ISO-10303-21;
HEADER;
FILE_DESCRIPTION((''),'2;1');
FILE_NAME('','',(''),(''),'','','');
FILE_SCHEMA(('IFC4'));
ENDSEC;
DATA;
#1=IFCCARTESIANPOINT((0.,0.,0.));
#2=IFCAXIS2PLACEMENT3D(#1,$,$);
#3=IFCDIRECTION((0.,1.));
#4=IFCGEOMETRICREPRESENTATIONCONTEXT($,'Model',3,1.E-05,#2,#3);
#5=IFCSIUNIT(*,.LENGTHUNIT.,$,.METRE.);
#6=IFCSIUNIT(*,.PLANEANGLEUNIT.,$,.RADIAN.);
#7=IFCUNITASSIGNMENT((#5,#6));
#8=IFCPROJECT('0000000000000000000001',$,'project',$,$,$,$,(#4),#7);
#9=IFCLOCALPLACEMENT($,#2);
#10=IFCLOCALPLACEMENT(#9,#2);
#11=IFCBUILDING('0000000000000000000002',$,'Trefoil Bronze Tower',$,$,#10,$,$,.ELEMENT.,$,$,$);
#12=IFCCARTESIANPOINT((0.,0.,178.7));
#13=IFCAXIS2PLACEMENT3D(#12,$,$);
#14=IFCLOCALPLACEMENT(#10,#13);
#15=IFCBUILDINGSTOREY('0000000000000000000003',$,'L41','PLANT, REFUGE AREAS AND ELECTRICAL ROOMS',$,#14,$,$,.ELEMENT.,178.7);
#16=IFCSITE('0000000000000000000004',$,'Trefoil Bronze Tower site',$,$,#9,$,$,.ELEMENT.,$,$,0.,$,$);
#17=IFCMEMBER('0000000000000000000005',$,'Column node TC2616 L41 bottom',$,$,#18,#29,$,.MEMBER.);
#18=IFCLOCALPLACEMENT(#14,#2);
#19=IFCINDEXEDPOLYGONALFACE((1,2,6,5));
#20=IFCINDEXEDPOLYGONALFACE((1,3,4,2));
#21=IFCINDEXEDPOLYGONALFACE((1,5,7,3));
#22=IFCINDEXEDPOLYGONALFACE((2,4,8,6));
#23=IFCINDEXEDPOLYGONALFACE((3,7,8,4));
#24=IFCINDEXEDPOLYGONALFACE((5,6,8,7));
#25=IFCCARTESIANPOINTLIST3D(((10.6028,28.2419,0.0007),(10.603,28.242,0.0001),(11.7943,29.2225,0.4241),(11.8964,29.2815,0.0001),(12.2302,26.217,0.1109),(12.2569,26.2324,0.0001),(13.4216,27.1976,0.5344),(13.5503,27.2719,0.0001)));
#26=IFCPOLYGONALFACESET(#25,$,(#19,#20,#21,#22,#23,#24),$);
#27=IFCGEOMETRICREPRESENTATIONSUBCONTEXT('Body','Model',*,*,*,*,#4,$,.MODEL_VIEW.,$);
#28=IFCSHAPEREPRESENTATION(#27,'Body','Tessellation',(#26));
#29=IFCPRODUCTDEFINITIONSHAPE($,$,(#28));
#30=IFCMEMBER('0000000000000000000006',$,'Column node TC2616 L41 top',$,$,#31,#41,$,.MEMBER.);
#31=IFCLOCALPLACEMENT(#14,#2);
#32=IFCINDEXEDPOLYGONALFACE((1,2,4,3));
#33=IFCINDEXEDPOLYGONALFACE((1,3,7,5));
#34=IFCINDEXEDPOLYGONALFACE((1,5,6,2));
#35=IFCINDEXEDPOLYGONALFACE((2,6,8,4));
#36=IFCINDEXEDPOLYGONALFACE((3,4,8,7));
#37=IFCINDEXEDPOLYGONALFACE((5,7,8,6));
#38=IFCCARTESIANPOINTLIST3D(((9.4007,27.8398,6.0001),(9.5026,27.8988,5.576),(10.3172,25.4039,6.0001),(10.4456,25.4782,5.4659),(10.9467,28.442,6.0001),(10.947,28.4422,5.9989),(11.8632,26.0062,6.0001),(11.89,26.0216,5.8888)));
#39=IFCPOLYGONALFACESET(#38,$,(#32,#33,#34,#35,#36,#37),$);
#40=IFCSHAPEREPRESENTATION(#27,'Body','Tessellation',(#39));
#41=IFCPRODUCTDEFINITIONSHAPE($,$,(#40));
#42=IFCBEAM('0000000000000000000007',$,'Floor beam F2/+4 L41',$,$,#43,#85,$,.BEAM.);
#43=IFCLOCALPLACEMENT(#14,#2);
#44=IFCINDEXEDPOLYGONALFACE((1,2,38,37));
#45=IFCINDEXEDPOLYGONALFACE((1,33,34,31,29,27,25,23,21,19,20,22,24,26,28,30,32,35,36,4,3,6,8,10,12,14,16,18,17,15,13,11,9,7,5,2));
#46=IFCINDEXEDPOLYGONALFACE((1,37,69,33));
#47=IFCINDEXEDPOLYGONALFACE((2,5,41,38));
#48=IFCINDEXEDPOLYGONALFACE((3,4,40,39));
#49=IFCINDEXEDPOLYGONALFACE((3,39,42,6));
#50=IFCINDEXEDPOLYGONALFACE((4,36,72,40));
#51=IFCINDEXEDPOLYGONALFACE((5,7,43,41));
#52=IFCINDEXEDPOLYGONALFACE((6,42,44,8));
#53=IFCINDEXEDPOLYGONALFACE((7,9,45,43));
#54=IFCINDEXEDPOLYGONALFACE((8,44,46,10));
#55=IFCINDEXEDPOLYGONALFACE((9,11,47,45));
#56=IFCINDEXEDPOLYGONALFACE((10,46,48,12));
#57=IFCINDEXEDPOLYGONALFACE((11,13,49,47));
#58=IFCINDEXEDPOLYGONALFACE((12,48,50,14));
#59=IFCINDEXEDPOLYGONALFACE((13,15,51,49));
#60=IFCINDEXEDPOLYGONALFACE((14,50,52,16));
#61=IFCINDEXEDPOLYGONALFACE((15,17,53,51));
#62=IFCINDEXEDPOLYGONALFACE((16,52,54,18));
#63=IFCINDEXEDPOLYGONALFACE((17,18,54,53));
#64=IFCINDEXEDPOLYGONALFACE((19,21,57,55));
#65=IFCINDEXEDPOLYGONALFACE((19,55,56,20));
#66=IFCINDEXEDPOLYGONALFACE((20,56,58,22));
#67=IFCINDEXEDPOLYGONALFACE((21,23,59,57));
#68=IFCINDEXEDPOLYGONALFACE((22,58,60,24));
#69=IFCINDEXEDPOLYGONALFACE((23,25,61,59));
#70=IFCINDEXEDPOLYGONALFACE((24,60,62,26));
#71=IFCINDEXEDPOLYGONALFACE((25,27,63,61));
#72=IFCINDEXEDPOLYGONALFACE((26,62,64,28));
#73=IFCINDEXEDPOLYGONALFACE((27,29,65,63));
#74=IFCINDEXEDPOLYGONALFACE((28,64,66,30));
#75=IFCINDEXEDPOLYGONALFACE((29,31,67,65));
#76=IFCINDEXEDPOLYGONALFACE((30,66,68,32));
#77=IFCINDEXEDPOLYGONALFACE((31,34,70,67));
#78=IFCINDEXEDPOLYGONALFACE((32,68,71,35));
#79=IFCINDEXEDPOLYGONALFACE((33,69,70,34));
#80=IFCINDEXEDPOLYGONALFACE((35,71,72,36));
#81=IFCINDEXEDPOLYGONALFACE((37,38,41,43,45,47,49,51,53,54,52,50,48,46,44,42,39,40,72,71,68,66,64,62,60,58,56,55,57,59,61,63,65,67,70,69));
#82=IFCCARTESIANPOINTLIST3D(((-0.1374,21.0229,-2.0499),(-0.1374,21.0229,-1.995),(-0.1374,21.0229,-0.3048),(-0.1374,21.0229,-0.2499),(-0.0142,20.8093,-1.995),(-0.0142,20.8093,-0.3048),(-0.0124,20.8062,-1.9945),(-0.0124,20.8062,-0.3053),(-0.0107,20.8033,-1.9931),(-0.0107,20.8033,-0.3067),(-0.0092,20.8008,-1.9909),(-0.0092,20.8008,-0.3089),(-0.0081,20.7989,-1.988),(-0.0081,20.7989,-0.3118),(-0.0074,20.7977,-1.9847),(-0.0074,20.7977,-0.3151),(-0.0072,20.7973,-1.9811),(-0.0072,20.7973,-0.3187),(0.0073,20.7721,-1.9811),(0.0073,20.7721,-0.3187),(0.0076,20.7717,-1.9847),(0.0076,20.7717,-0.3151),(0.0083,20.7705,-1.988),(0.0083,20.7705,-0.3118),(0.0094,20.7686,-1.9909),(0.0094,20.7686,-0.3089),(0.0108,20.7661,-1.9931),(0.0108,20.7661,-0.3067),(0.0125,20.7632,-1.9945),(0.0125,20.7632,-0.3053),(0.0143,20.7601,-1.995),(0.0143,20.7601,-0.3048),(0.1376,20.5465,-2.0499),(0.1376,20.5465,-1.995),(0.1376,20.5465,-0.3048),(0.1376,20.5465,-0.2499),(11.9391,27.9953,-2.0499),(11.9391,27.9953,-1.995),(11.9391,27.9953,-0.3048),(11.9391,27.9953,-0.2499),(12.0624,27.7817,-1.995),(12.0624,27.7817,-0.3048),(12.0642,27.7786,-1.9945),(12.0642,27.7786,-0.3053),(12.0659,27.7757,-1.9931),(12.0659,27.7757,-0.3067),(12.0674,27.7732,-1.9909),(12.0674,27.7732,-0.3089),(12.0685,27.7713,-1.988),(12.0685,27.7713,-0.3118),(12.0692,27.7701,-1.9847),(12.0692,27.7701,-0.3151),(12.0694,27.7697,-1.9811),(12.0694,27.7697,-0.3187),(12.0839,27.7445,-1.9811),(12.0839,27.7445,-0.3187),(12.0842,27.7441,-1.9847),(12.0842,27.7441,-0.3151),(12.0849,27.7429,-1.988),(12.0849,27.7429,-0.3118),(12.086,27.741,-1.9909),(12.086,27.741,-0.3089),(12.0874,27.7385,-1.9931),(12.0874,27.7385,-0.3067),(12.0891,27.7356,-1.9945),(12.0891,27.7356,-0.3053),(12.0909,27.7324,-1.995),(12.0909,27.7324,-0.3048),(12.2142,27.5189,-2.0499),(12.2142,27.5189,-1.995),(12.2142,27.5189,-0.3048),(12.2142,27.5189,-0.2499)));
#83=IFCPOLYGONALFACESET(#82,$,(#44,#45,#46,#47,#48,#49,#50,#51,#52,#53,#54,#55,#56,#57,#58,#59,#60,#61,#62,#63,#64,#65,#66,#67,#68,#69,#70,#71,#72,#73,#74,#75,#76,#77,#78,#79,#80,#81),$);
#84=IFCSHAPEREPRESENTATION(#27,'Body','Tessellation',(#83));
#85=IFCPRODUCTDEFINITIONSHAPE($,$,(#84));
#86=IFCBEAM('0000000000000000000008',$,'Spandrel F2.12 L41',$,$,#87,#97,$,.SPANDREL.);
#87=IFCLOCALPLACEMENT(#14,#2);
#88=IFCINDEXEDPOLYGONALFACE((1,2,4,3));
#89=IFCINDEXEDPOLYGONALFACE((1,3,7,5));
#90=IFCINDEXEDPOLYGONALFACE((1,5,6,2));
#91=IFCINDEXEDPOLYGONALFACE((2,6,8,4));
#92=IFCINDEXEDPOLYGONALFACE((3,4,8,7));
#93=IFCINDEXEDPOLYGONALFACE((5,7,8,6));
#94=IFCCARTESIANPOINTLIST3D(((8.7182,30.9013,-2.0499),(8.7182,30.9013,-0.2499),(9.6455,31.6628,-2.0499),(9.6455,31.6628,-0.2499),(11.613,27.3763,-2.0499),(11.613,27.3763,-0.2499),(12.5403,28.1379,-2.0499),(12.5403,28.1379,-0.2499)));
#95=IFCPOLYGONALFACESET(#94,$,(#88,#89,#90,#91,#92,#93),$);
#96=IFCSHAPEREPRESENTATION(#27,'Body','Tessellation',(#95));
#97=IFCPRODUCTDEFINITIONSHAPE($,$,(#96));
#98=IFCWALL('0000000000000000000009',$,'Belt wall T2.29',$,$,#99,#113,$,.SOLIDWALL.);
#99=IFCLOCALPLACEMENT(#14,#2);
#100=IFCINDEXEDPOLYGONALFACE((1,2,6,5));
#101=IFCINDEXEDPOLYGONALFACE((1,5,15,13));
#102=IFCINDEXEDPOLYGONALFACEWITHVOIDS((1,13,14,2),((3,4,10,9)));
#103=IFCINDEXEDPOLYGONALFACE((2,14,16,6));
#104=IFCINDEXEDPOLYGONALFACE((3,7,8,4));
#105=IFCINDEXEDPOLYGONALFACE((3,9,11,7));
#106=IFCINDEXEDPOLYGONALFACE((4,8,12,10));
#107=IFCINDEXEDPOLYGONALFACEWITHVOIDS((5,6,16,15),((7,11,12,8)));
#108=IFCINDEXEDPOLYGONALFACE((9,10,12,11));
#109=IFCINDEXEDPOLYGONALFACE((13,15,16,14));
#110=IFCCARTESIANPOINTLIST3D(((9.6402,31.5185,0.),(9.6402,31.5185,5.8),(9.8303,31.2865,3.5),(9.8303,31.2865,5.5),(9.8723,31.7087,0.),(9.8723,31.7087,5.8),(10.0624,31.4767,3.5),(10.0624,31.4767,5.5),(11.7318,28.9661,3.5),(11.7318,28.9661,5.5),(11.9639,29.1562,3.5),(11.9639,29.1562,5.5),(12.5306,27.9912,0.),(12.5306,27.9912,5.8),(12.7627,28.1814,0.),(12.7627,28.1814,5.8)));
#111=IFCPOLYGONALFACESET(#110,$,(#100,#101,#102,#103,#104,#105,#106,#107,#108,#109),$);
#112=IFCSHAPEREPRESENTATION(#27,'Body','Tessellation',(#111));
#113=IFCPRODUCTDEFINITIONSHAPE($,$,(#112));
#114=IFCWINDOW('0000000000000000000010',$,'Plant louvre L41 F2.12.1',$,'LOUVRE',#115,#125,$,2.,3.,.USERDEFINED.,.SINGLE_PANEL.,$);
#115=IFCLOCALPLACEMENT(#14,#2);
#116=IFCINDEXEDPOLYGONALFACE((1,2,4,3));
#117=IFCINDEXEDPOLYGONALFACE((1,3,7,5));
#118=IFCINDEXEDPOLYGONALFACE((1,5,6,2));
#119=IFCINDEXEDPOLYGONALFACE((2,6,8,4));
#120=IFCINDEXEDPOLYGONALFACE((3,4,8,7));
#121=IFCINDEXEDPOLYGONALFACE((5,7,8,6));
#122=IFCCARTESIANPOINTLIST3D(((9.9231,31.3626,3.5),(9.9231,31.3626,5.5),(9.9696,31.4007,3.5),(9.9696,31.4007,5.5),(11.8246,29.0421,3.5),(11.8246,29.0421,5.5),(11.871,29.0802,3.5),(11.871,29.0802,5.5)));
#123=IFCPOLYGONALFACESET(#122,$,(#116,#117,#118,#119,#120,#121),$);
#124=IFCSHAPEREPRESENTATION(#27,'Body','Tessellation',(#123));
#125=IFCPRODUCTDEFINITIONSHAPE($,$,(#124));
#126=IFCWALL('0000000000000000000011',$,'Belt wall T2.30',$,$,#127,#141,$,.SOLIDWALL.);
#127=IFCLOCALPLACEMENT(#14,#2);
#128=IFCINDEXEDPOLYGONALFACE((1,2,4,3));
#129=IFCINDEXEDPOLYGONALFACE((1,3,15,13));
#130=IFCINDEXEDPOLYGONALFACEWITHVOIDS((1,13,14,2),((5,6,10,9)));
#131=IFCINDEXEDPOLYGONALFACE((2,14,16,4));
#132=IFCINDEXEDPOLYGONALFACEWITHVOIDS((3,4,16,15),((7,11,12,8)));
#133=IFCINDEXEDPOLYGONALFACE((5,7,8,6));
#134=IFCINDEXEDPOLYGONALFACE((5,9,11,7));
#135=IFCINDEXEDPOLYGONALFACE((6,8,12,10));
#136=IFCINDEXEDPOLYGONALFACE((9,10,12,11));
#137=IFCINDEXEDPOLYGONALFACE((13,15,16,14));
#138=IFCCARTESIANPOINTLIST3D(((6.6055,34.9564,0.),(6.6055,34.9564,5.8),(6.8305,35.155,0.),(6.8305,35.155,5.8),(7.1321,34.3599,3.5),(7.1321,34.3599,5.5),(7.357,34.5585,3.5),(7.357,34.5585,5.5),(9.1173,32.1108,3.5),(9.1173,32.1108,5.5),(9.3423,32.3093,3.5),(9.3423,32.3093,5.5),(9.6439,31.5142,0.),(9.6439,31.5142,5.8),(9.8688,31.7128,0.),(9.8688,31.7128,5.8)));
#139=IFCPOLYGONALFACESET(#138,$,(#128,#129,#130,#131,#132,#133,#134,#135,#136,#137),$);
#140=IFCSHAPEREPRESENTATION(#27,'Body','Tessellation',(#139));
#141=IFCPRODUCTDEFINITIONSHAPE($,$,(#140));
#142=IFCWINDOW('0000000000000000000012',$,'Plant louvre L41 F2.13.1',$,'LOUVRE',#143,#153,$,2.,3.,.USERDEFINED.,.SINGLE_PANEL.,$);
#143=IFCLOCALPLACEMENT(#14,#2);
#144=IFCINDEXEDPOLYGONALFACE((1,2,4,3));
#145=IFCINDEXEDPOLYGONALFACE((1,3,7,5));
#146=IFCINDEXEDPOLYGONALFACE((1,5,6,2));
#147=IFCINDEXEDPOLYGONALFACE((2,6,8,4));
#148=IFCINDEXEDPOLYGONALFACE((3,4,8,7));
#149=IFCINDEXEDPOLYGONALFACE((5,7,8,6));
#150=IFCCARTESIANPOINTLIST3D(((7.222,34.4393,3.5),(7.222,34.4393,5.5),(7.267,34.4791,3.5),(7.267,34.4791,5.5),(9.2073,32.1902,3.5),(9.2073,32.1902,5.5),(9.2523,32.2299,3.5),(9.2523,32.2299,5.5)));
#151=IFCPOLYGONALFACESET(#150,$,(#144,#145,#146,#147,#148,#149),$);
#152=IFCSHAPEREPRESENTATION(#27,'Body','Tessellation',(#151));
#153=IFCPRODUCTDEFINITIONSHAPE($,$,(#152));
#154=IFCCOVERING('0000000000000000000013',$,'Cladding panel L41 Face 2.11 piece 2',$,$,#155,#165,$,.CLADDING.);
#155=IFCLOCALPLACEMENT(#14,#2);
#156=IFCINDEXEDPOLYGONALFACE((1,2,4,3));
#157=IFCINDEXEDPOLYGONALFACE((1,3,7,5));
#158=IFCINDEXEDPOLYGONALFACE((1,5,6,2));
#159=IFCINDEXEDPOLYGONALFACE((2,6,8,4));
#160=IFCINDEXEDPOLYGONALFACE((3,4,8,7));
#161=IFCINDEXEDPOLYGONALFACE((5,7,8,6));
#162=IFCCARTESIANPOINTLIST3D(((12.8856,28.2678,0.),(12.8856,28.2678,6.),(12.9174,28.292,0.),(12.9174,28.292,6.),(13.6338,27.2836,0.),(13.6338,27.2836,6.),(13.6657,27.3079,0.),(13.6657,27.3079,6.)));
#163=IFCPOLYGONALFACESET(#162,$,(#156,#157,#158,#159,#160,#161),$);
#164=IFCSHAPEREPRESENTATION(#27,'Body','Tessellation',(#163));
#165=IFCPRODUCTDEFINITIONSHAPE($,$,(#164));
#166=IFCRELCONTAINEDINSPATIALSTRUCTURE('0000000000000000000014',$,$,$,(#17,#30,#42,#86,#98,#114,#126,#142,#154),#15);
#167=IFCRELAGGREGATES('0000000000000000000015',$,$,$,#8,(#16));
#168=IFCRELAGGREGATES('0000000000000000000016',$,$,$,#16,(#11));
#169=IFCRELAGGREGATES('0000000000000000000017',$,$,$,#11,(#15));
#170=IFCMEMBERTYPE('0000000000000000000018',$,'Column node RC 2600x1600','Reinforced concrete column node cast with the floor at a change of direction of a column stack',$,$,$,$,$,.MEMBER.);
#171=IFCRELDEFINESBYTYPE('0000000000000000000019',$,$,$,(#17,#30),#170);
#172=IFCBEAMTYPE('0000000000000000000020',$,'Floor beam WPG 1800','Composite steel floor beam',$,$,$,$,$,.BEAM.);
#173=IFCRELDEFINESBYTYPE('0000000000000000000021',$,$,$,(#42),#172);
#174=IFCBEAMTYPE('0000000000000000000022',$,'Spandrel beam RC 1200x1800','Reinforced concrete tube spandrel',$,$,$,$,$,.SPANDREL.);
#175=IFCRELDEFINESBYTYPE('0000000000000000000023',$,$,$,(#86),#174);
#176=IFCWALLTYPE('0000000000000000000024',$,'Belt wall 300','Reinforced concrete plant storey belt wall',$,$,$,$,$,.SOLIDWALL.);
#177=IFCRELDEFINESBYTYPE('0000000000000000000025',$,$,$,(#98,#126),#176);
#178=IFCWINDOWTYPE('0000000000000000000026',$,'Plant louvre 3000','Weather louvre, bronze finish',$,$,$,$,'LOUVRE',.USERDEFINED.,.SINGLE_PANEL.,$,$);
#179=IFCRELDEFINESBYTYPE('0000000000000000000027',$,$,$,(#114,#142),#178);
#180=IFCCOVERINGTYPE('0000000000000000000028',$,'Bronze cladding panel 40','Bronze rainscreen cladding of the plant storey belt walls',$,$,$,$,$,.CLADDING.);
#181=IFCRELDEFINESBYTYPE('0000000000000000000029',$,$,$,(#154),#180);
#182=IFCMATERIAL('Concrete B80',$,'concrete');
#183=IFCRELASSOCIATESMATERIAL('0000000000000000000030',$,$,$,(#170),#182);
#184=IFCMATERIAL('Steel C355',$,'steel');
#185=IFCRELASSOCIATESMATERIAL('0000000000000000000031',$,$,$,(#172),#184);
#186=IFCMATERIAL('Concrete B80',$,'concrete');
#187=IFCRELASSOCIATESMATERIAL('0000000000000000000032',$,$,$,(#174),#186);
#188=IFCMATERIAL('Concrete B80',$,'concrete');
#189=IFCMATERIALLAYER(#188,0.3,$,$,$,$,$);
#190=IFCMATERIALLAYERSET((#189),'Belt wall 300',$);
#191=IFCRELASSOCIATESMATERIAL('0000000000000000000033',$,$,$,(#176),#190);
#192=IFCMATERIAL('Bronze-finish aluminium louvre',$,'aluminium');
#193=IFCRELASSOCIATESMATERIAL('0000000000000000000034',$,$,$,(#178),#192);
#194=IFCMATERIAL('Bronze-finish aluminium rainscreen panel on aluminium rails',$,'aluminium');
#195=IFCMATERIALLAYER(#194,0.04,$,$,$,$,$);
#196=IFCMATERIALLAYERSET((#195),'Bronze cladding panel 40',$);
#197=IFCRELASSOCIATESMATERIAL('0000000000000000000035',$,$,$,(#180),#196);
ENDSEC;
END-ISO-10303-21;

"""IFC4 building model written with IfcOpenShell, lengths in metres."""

from ifc_helpers import new_model, si_unit, direction, frame, frame_2d, origin, origin_2d, place, context, subcontext, project, spatial, rectangle, i_section, extrude, clip, halfspace, material, layer, layer_set, material_profile, profile_set, type_object, element, fill, save


model = new_model("IFC4")

# Units and contexts
model_context = context("Model", 3, precision=1e-05, world=origin(), true_north=direction((0.0, 1.0)))
body_context = subcontext(model_context, "Body", "Model", "MODEL_VIEW")
ifc_project = project(units=[si_unit("LENGTHUNIT", "METRE"), si_unit("PLANEANGLEUNIT", "RADIAN")], contexts=[model_context])

# Site, building, storey
site_placement = place(None, origin())
site = spatial("IfcSite", under=ifc_project, at=site_placement, Name="Trefoil Bronze Tower site", CompositionType="ELEMENT", RefElevation=0.0)
building_placement = place(site_placement, origin())
building = spatial("IfcBuilding", under=site, at=building_placement, Name="Trefoil Bronze Tower", CompositionType="ELEMENT")
storey_placement = place(building_placement, frame((0.0, 0.0, 178.7)))
storey = spatial("IfcBuildingStorey", under=building, at=storey_placement, Name="L41", Description="PLANT, REFUGE AREAS AND ELECTRICAL ROOMS", CompositionType="ELEMENT", Elevation=178.7)

# Members
ifc_material_1 = material(Name="Concrete B80", Category="concrete")
ifc_material_profile_1 = material_profile(ifc_material_1, rectangle(XDim=2.6001, YDim=1.6001, at=origin_2d()), Name="RC 2600x1600")
ifc_profile_set_1 = profile_set([ifc_material_profile_1], Name="Concrete B80")
member_type = type_object("IfcMemberType", Name="Column node RC 2600x1600", Description="Reinforced concrete column node cast with the floor at a change of direction of a column stack", PredefinedType="MEMBER", material=ifc_profile_set_1)
member_1_placement = place(storey_placement, frame((12.1411, 27.7942, -0.2676), z_axis=(-0.232064, -0.134052, 0.963419), x_axis=(-0.625873, 0.778772, -0.042398)))
element("IfcMember", 1, at=member_1_placement, inside=storey, type_object=member_type, Name="Column node TC2616 L41 bottom", PredefinedType="MEMBER", context=body_context, shape_type="Clipping", body=[
    clip(extrude(rectangle(XDim=2.6001, YDim=1.6001, at=origin_2d()), origin(), (0.0, 0.0, 1.0), 0.5554), halfspace(frame((0.0, 0.0, 0.2778), z_axis=(-0.042398, -0.264625, 0.963419), x_axis=(0.0, 0.964286, 0.264863)), True)),
])
member_2_placement = place(storey_placement, frame((10.5676, 26.8857, 6.2676), z_axis=(0.231649, 0.134066, -0.963517), x_axis=(0.362671, -0.930955, -0.042342)))
element("IfcMember", 2, at=member_2_placement, inside=storey, type_object=member_type, Name="Column node TC2616 L41 top", PredefinedType="MEMBER", context=body_context, shape_type="Clipping", body=[
    clip(extrude(rectangle(XDim=2.6001, YDim=1.6001, at=origin_2d()), origin(), (0.0, 0.0, 1.0), 0.5554), halfspace(frame((0.0, 0.0, 0.2776), z_axis=(0.042342, 0.264276, 0.963517), x_axis=(0.0, 0.964382, -0.264513)), True)),
])

# Beams
ifc_material_2 = material(Name="Steel C355", Category="steel")
ifc_material_profile_2 = material_profile(ifc_material_2, i_section(OverallWidth=0.55, OverallDepth=1.8, WebThickness=0.0291, FlangeThickness=0.0549, FilletRadius=0.0139, at=origin_2d()), Name="WPG 1800")
ifc_profile_set_2 = profile_set([ifc_material_profile_2], Name="Steel C355")
beam_type_1 = type_object("IfcBeamType", Name="Floor beam WPG 1800", Description="Composite steel floor beam", PredefinedType="BEAM", material=ifc_profile_set_2)
beam_1_placement = place(storey_placement, frame((12.0767, 27.7571, -1.1499), z_axis=(-0.866027, -0.499997, 0.0), x_axis=(0.499997, -0.866027, 0.0)))
element("IfcBeam", 3, at=beam_1_placement, inside=storey, type_object=beam_type_1, Name="Floor beam F2/+4 L41", PredefinedType="BEAM", context=body_context, shape_type="SweptSolid", body=[
    extrude(i_section(OverallWidth=0.55, OverallDepth=1.8, WebThickness=0.0291, FlangeThickness=0.0549, FilletRadius=0.0139, at=origin_2d()), origin(), (0.0, 0.0, 1.0), 13.9448),
])
ifc_material_3 = material(Name="Concrete B80", Category="concrete")
ifc_material_profile_3 = material_profile(ifc_material_3, rectangle(XDim=1.2, YDim=1.8, at=origin_2d()), Name="RC 1200x1800")
ifc_profile_set_3 = profile_set([ifc_material_profile_3], Name="Concrete B80")
beam_type_2 = type_object("IfcBeamType", Name="Spandrel beam RC 1200x1800", Description="Reinforced concrete tube spandrel", PredefinedType="SPANDREL", material=ifc_profile_set_3)
beam_2_placement = place(storey_placement, frame((12.0767, 27.7571, -1.1499), z_axis=(-0.63465, 0.772799, 0.0), x_axis=(-0.772799, -0.63465, 0.0)))
element("IfcBeam", 4, at=beam_2_placement, inside=storey, type_object=beam_type_2, Name="Spandrel F2.12 L41", PredefinedType="SPANDREL", context=body_context, shape_type="SweptSolid", body=[
    extrude(rectangle(XDim=1.2, YDim=1.8, at=origin_2d()), origin(), (0.0, 0.0, 1.0), 4.5613),
])

# Walls, openings, windows
ifc_material_4 = material(Name="Concrete B80", Category="concrete")
ifc_layer_1 = layer(ifc_material_4, 0.3)
ifc_layer_set_1 = layer_set([ifc_layer_1], Name="Belt wall 300")
wall_type = type_object("IfcWallType", Name="Belt wall 300", Description="Reinforced concrete plant storey belt wall", PredefinedType="SOLIDWALL", material=ifc_layer_set_1)
wall_1_placement = place(storey_placement, frame((12.6467, 28.0862, 0.0), z_axis=(0.0, 0.0, 1.0), x_axis=(-0.633812, 0.773487, 0.0)))
wall_1 = element("IfcWall", 5, at=wall_1_placement, inside=storey, type_object=wall_type, Name="Belt wall T2.29", PredefinedType="SOLIDWALL", context=body_context, shape_type="SweptSolid", body=[
    extrude(rectangle(XDim=4.5603, YDim=0.3, at=frame_2d((2.2803, 0.0))), origin(), (0.0, 0.0, 1.0), 5.8),
])
opening_1_placement = place(wall_1_placement, frame((1.2605, 0.0, 3.5)))
opening_1 = element("IfcOpeningElement", 6, at=opening_1_placement, cuts=wall_1, PredefinedType="OPENING", context=body_context, shape_type="SweptSolid", body=[
    extrude(rectangle(XDim=3.0, YDim=2.0, at=frame_2d((1.5, 1.0))), frame((0.0, 0.1599, 0.0), z_axis=(0.0, -1.0, 0.0), x_axis=(1.0, 0.0, 0.0)), (0.0, 0.0, 1.0), 0.3201),
])
ifc_material_5 = material(Name="Bronze-finish aluminium louvre", Category="aluminium")
window_type = type_object("IfcWindowType", Name="Plant louvre 3000", Description="Weather louvre, bronze finish", ElementType="LOUVRE", PartitioningType="SINGLE_PANEL", PredefinedType="USERDEFINED", material=ifc_material_5)
window_1_placement = place(opening_1_placement, origin())
window_1 = element("IfcWindow", 7, at=window_1_placement, inside=storey, type_object=window_type, Name="Plant louvre L41 F2.12.1", ObjectType="LOUVRE", OverallHeight=2.0, OverallWidth=3.0, PartitioningType="SINGLE_PANEL", PredefinedType="USERDEFINED", context=body_context, shape_type="SweptSolid", body=[
    extrude(rectangle(XDim=3.0, YDim=2.0, at=frame_2d((1.5, 1.0))), frame((0.0, 0.03, 0.0), z_axis=(0.0, -1.0, 0.0), x_axis=(1.0, 0.0, 0.0)), (0.0, 0.0, 1.0), 0.0601),
])
fill(opening_1, window_1)
wall_2_placement = place(storey_placement, frame((9.7563, 31.6135, 0.0), z_axis=(0.0, 0.0, 1.0), x_axis=(-0.661762, 0.749714, 0.0)))
wall_2 = element("IfcWall", 8, at=wall_2_placement, inside=storey, type_object=wall_type, Name="Belt wall T2.30", PredefinedType="SOLIDWALL", context=body_context, shape_type="SweptSolid", body=[
    extrude(rectangle(XDim=4.5913, YDim=0.3, at=frame_2d((2.2957, 0.0))), origin(), (0.0, 0.0, 1.0), 5.8),
])
opening_2_placement = place(wall_2_placement, frame((0.7957, 0.0, 3.5)))
opening_2 = element("IfcOpeningElement", 9, at=opening_2_placement, cuts=wall_2, PredefinedType="OPENING", context=body_context, shape_type="SweptSolid", body=[
    extrude(rectangle(XDim=3.0, YDim=2.0, at=frame_2d((1.5, 1.0))), frame((0.0, 0.1599, 0.0), z_axis=(0.0, -1.0, 0.0), x_axis=(1.0, 0.0, 0.0)), (0.0, 0.0, 1.0), 0.3201),
])
window_2_placement = place(opening_2_placement, origin())
window_2 = element("IfcWindow", 10, at=window_2_placement, inside=storey, type_object=window_type, Name="Plant louvre L41 F2.13.1", ObjectType="LOUVRE", OverallHeight=2.0, OverallWidth=3.0, PartitioningType="SINGLE_PANEL", PredefinedType="USERDEFINED", context=body_context, shape_type="SweptSolid", body=[
    extrude(rectangle(XDim=3.0, YDim=2.0, at=frame_2d((1.5, 1.0))), frame((0.0, 0.03, 0.0), z_axis=(0.0, -1.0, 0.0), x_axis=(1.0, 0.0, 0.0)), (0.0, 0.0, 1.0), 0.0601),
])
fill(opening_2, window_2)

# Covering
ifc_material_6 = material(Name="Bronze-finish aluminium rainscreen panel on aluminium rails", Category="aluminium")
ifc_layer_2 = layer(ifc_material_6, 0.04)
ifc_layer_set_2 = layer_set([ifc_layer_2], Name="Bronze cladding panel 40")
covering_type_1 = type_object("IfcCoveringType", Name="Bronze cladding panel 40", Description="Bronze rainscreen cladding of the plant storey belt walls", PredefinedType="CLADDING", material=ifc_layer_set_2)
covering_1_placement = place(storey_placement, frame((13.2756, 27.7878, 0.0), z_axis=(0.0, 0.0, 1.0), x_axis=(-0.605252, 0.796034, 0.0)))
element("IfcCovering", 11, at=covering_1_placement, inside=storey, type_object=covering_type_1, Name="Cladding panel L41 Face 2.11 piece 2", PredefinedType="CLADDING", context=body_context, shape_type="SweptSolid", body=[
    extrude(rectangle(XDim=1.2363, YDim=0.04, at=origin_2d()), origin(), (0.0, 0.0, 1.0), 6.0),
])

save(model, "model.ifc")
